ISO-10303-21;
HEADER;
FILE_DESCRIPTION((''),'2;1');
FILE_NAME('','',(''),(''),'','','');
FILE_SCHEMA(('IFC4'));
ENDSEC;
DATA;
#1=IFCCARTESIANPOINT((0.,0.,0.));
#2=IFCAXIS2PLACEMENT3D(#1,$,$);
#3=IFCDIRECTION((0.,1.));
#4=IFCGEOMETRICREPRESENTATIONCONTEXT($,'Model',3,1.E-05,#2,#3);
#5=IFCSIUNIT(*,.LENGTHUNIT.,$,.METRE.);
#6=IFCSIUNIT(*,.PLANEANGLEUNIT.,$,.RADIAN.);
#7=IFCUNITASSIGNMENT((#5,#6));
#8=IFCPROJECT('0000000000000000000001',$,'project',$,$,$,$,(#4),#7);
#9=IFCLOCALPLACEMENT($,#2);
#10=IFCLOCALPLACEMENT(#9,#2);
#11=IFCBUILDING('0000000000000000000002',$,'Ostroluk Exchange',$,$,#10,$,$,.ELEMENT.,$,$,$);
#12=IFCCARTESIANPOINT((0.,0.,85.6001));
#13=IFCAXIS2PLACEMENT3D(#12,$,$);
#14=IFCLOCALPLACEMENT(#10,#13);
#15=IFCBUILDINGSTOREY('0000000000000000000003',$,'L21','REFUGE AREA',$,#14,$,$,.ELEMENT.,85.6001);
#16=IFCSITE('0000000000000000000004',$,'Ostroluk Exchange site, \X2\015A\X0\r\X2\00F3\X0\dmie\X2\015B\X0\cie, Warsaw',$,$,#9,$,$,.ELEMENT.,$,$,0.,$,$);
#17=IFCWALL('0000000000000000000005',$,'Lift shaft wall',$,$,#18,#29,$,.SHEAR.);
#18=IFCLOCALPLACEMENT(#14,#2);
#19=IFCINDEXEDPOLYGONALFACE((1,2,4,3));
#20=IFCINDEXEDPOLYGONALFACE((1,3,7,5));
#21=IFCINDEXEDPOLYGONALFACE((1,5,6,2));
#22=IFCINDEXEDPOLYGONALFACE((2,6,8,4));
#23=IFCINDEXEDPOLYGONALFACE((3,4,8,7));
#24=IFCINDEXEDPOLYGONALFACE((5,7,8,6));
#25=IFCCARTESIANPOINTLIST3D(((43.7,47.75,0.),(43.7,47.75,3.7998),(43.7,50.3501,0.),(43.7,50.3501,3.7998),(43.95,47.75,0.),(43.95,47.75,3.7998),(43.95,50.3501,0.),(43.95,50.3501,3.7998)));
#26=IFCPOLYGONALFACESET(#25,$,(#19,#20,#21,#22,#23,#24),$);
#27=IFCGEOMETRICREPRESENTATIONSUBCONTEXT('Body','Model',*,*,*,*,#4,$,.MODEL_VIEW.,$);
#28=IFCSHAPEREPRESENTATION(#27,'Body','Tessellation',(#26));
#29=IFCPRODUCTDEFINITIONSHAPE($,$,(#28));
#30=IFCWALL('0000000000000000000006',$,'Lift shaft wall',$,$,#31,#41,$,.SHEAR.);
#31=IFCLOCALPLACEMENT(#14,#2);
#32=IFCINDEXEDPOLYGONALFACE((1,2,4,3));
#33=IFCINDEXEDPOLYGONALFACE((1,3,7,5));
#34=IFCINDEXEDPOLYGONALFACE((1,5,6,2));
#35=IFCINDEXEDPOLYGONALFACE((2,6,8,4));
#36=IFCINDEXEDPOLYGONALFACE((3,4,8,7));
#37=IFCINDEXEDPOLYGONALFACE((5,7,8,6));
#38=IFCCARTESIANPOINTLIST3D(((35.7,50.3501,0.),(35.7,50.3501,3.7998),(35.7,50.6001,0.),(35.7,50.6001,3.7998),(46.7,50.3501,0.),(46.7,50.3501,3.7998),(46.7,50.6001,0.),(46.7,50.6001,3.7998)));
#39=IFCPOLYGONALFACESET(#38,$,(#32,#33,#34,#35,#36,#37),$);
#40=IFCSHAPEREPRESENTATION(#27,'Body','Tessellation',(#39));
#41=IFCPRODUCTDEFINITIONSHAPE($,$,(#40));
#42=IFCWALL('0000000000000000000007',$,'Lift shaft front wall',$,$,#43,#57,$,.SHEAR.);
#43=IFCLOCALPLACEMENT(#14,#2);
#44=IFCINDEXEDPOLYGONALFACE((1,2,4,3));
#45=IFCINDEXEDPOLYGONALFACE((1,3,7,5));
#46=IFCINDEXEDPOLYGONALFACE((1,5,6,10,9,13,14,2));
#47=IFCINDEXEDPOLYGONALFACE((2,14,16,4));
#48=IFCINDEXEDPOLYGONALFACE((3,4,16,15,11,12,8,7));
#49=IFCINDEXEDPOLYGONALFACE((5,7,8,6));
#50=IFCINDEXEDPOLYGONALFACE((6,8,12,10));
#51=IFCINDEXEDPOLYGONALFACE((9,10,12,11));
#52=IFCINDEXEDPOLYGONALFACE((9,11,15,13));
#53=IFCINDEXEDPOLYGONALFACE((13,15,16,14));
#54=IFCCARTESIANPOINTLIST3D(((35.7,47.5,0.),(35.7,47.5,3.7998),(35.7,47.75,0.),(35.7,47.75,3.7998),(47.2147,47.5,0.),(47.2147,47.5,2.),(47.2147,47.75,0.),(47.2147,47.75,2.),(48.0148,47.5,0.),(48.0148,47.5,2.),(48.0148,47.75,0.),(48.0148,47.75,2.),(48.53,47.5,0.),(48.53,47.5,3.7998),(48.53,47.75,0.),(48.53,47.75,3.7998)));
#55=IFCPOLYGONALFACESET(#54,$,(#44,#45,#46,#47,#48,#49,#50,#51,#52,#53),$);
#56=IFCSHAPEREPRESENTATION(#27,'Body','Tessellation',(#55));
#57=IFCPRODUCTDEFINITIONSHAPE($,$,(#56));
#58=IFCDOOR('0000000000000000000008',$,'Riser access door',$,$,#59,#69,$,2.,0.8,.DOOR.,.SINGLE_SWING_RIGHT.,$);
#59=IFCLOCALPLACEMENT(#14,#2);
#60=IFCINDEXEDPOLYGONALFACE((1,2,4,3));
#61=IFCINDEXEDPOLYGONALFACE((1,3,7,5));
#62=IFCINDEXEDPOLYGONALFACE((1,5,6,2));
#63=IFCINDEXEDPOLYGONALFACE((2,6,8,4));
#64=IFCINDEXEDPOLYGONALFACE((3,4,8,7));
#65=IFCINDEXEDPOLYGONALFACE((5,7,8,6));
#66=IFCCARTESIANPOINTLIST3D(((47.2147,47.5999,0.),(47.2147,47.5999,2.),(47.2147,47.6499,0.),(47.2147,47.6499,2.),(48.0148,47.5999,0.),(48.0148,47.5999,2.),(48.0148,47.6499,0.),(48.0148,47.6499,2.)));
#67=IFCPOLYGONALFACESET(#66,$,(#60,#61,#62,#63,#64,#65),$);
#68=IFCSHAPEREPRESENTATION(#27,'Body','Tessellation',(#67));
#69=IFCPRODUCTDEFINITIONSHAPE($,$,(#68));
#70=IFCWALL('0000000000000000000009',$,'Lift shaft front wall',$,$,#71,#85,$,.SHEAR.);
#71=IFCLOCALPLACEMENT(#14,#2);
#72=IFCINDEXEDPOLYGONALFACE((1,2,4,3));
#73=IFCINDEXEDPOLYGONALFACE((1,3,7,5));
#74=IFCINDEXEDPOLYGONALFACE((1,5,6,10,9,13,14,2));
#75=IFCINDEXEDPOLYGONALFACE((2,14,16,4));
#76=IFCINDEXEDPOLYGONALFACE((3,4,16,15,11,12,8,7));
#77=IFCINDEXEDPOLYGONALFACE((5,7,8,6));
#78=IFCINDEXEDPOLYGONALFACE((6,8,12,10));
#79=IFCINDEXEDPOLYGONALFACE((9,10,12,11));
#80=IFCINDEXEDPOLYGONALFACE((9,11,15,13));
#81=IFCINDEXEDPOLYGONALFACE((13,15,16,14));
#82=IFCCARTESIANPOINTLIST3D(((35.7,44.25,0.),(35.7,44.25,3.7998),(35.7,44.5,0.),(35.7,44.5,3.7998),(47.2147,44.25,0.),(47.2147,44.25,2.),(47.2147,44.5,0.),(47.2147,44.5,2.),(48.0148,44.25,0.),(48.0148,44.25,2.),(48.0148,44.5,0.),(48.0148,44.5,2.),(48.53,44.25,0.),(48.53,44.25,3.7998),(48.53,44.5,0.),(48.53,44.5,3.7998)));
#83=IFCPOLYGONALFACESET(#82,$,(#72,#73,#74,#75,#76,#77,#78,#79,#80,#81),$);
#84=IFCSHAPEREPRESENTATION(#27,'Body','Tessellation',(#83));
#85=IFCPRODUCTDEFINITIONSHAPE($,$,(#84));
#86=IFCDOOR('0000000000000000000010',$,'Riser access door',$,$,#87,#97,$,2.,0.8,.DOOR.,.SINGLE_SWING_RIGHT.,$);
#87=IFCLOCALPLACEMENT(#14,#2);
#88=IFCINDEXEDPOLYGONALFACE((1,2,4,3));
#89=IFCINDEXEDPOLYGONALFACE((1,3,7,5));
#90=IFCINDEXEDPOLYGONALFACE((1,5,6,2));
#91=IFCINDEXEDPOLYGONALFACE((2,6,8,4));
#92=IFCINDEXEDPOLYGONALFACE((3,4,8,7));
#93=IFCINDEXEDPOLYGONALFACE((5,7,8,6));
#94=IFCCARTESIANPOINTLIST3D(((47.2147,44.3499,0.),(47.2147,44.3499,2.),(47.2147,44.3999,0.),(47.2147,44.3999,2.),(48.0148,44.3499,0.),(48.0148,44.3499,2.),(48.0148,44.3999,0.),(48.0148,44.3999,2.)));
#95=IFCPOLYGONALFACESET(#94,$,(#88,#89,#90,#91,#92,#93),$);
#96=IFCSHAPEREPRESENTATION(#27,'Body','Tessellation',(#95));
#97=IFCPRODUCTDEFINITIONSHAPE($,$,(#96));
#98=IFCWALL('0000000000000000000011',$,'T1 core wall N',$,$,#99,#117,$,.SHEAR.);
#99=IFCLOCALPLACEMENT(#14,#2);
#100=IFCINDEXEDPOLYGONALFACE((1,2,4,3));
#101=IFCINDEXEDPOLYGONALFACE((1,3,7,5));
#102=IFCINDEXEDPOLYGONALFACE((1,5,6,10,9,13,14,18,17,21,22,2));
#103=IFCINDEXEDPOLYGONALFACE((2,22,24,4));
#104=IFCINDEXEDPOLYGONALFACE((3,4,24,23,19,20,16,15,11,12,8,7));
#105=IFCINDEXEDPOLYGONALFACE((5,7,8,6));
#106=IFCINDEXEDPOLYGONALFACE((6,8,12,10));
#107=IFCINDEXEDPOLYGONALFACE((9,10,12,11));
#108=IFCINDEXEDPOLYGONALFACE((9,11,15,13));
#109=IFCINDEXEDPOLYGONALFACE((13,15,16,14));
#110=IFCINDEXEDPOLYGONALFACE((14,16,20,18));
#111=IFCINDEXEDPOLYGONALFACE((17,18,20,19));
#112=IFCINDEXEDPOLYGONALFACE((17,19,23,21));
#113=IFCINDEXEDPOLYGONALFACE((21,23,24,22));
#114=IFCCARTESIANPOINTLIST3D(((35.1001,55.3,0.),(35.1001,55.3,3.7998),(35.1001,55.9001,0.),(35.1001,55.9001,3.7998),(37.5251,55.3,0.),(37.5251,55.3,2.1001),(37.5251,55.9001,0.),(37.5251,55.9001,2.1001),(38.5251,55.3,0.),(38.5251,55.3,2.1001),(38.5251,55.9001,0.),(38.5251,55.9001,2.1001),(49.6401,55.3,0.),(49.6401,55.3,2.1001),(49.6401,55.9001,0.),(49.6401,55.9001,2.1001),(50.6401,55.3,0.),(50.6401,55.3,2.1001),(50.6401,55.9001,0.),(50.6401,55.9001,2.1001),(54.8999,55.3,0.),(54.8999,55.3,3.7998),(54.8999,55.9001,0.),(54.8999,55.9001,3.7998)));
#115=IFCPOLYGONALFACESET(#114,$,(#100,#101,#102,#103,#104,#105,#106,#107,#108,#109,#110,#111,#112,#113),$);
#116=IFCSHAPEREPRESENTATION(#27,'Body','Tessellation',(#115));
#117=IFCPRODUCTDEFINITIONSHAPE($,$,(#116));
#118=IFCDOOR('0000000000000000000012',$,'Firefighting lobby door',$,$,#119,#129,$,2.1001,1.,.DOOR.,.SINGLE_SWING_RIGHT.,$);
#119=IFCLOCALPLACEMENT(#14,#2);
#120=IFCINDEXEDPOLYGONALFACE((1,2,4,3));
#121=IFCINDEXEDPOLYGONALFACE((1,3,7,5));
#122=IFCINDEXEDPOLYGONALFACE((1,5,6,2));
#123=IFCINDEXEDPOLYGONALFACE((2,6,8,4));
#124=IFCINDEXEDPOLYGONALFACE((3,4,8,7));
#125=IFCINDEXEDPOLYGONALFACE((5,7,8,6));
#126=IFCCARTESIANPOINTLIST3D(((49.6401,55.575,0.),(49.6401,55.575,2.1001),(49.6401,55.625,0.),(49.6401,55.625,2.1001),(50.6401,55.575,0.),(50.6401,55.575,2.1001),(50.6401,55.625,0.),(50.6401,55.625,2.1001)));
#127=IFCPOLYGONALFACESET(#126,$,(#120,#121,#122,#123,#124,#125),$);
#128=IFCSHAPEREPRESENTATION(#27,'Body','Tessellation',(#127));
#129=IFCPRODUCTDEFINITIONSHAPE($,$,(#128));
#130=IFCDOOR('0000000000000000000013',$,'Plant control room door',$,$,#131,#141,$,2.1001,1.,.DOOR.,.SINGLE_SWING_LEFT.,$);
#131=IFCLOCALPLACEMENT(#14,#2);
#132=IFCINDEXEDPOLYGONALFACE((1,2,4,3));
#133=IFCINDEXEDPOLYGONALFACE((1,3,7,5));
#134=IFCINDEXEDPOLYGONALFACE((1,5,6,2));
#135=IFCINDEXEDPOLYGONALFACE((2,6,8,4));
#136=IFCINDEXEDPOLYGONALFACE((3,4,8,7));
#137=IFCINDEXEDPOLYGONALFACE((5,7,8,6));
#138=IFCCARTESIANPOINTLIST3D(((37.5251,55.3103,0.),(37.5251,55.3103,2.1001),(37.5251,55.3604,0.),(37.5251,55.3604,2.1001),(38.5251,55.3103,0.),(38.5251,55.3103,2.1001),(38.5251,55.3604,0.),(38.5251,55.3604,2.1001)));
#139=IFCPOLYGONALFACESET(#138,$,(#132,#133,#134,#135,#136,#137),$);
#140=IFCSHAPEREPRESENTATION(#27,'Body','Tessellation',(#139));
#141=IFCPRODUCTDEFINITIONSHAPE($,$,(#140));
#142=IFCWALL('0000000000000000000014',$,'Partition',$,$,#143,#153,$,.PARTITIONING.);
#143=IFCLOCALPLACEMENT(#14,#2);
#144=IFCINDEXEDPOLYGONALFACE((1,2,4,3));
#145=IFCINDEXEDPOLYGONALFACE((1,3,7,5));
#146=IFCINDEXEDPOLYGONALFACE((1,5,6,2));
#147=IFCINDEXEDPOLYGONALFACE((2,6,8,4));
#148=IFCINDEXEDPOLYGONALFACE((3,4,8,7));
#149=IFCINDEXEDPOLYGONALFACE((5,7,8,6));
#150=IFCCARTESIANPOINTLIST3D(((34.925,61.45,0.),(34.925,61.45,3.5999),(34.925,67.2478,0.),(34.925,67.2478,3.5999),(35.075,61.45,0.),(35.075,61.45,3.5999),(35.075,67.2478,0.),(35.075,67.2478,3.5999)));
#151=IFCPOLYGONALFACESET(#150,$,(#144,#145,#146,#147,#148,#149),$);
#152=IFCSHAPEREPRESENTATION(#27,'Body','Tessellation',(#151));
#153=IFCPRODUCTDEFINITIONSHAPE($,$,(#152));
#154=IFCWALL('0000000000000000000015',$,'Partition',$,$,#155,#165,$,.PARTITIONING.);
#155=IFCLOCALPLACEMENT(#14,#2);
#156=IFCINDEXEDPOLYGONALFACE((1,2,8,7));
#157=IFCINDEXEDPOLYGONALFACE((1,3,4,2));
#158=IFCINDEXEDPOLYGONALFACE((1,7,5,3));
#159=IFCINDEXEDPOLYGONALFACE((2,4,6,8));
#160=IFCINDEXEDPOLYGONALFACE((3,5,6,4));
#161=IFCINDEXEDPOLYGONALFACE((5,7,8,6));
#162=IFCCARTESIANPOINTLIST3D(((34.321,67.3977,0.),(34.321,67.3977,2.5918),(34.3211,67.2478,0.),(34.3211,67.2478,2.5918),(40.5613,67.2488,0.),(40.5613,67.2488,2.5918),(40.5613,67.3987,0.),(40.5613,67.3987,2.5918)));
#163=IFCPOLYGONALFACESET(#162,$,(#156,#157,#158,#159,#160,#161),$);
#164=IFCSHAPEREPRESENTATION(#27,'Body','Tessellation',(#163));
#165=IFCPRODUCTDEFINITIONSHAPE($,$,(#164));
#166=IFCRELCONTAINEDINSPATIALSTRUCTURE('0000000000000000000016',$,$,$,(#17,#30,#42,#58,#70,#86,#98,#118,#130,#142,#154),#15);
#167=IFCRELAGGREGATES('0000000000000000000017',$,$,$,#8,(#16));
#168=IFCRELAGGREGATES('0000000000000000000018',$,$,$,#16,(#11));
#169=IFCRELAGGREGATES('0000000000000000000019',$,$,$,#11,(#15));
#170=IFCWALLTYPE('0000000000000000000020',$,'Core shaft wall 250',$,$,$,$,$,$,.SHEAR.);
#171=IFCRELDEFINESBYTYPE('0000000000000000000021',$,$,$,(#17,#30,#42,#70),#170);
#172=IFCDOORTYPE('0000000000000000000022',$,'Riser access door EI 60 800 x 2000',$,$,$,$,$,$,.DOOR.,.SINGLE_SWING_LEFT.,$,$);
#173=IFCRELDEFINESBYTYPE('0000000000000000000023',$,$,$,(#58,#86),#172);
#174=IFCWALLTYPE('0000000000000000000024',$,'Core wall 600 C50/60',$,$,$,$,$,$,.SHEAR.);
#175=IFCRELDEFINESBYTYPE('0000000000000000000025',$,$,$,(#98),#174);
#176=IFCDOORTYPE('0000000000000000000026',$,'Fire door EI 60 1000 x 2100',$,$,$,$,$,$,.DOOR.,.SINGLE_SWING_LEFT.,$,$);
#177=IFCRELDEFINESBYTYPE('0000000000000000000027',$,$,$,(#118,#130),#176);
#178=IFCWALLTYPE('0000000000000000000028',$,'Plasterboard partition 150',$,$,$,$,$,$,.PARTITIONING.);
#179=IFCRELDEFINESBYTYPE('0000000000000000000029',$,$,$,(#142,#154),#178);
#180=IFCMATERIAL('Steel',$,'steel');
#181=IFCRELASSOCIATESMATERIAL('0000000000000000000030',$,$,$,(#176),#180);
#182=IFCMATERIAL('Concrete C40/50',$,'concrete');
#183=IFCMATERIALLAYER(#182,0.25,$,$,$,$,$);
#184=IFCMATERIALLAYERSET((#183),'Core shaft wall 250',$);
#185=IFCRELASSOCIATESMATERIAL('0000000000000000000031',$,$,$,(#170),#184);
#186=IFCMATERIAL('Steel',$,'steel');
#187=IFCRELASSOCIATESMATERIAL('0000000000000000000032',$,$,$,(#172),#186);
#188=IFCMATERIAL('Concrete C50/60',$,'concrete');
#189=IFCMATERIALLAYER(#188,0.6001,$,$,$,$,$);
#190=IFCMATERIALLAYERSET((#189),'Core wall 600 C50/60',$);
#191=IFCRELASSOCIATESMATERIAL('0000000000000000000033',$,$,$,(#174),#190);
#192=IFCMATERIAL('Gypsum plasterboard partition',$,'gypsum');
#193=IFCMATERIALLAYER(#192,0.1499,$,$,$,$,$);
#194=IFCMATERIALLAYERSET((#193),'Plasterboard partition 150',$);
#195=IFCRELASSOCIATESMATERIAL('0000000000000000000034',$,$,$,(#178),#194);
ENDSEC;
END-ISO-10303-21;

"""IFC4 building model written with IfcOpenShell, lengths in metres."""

from ifc_helpers import new_model, si_unit, direction, frame, frame_2d, origin, place, context, subcontext, project, spatial, rectangle, extrude, material, layer, layer_set, type_object, element, fill, save


model = new_model("IFC4")

# Units and contexts
model_context = context("Model", 3, precision=1e-05, world=origin(), true_north=direction((0.0, 1.0)))
body_context = subcontext(model_context, "Body", "Model", "MODEL_VIEW")
ifc_project = project(units=[si_unit("LENGTHUNIT", "METRE"), si_unit("PLANEANGLEUNIT", "RADIAN")], contexts=[model_context])

# Site, building, storey
site_placement = place(None, origin())
site = spatial("IfcSite", under=ifc_project, at=site_placement, Name="Ostroluk Exchange site, Śródmieście, Warsaw", CompositionType="ELEMENT", RefElevation=0.0)
building_placement = place(site_placement, origin())
building = spatial("IfcBuilding", under=site, at=building_placement, Name="Ostroluk Exchange", CompositionType="ELEMENT")
storey_placement = place(building_placement, frame((0.0, 0.0, 85.6001)))
storey = spatial("IfcBuildingStorey", under=building, at=storey_placement, Name="L21", Description="REFUGE AREA", CompositionType="ELEMENT", Elevation=85.6001)

# Shared definitions
ifc_material_1 = material(Name="Steel", Category="steel")
door_type_1 = type_object("IfcDoorType", Name="Fire door EI 60 1000 x 2100", OperationType="SINGLE_SWING_LEFT", PredefinedType="DOOR", material=ifc_material_1)

# Walls
ifc_material_2 = material(Name="Concrete C40/50", Category="concrete")
ifc_layer_1 = layer(ifc_material_2, 0.25)
ifc_layer_set_1 = layer_set([ifc_layer_1], Name="Core shaft wall 250")
wall_type_1 = type_object("IfcWallType", Name="Core shaft wall 250", PredefinedType="SHEAR", material=ifc_layer_set_1)
for number, where, z_axis, x_axis, name in (
    (1, (43.825, 47.75, 0.0), (0.0, 0.0, 1.0), (0.0, 1.0, 0.0), "Lift shaft wall"),
):
    element("IfcWall", number, at=place(storey_placement, frame(where, z_axis=z_axis, x_axis=x_axis)), inside=storey, type_object=wall_type_1, Name=name, PredefinedType="SHEAR", context=body_context, shape_type="SweptSolid", body=[
        extrude(rectangle(XDim=2.6001, YDim=0.25, at=frame_2d((1.3, 0.0))), origin(), (0.0, 0.0, 1.0), 3.7998),
    ])
wall_1_placement = place(storey_placement, frame((35.7, 50.4751, 0.0), z_axis=(0.0, 0.0, 1.0), x_axis=(1.0, 0.0, 0.0)))
element("IfcWall", 2, at=wall_1_placement, inside=storey, type_object=wall_type_1, Name="Lift shaft wall", PredefinedType="SHEAR", context=body_context, shape_type="SweptSolid", body=[
    extrude(rectangle(XDim=11.0, YDim=0.25, at=frame_2d((5.5, 0.0))), origin(), (0.0, 0.0, 1.0), 3.7998),
])

# Walls, openings, doors
wall_2_placement = place(storey_placement, frame((35.7, 47.625, 0.0), z_axis=(0.0, 0.0, 1.0), x_axis=(1.0, 0.0, 0.0)))
wall_2 = element("IfcWall", 3, at=wall_2_placement, inside=storey, type_object=wall_type_1, Name="Lift shaft front wall", PredefinedType="SHEAR", context=body_context, shape_type="SweptSolid", body=[
    extrude(rectangle(XDim=12.8301, YDim=0.25, at=frame_2d((6.415, 0.0))), origin(), (0.0, 0.0, 1.0), 3.7998),
])
opening_1_placement = place(wall_2_placement, frame((11.5149, 0.0, 0.0)))
opening_1 = element("IfcOpeningElement", 4, at=opening_1_placement, cuts=wall_2, PredefinedType="OPENING", context=body_context, shape_type="SweptSolid", body=[
    extrude(rectangle(XDim=0.8, YDim=2.0, at=frame_2d((0.3999, 1.0))), frame((0.0, 0.135, 0.0), z_axis=(0.0, -1.0, 0.0), x_axis=(1.0, 0.0, 0.0)), (0.0, 0.0, 1.0), 0.27),
])
ifc_material_3 = material(Name="Steel", Category="steel")
door_type_2 = type_object("IfcDoorType", Name="Riser access door EI 60 800 x 2000", OperationType="SINGLE_SWING_LEFT", PredefinedType="DOOR", material=ifc_material_3)
door_1_placement = place(opening_1_placement, origin())
door_1 = element("IfcDoor", 5, at=door_1_placement, inside=storey, type_object=door_type_2, Name="Riser access door", OperationType="SINGLE_SWING_RIGHT", OverallHeight=2.0, OverallWidth=0.8, PredefinedType="DOOR", context=body_context, shape_type="SweptSolid", body=[
    extrude(rectangle(XDim=0.8, YDim=2.0, at=frame_2d((0.3999, 1.0))), frame((0.0, 0.0249, 0.0), z_axis=(0.0, -1.0, 0.0), x_axis=(1.0, 0.0, 0.0)), (0.0, 0.0, 1.0), 0.05),
])
fill(opening_1, door_1)
wall_3_placement = place(storey_placement, frame((35.7, 44.375, 0.0), z_axis=(0.0, 0.0, 1.0), x_axis=(1.0, 0.0, 0.0)))
wall_3 = element("IfcWall", 6, at=wall_3_placement, inside=storey, type_object=wall_type_1, Name="Lift shaft front wall", PredefinedType="SHEAR", context=body_context, shape_type="SweptSolid", body=[
    extrude(rectangle(XDim=12.8301, YDim=0.25, at=frame_2d((6.415, 0.0))), origin(), (0.0, 0.0, 1.0), 3.7998),
])
opening_2_placement = place(wall_3_placement, frame((11.5149, 0.0, 0.0)))
opening_2 = element("IfcOpeningElement", 7, at=opening_2_placement, cuts=wall_3, PredefinedType="OPENING", context=body_context, shape_type="SweptSolid", body=[
    extrude(rectangle(XDim=0.8, YDim=2.0, at=frame_2d((0.3999, 1.0))), frame((0.0, 0.135, 0.0), z_axis=(0.0, -1.0, 0.0), x_axis=(1.0, 0.0, 0.0)), (0.0, 0.0, 1.0), 0.27),
])
door_2_placement = place(opening_2_placement, origin())
door_2 = element("IfcDoor", 8, at=door_2_placement, inside=storey, type_object=door_type_2, Name="Riser access door", OperationType="SINGLE_SWING_RIGHT", OverallHeight=2.0, OverallWidth=0.8, PredefinedType="DOOR", context=body_context, shape_type="SweptSolid", body=[
    extrude(rectangle(XDim=0.8, YDim=2.0, at=frame_2d((0.3999, 1.0))), frame((0.0, 0.0249, 0.0), z_axis=(0.0, -1.0, 0.0), x_axis=(1.0, 0.0, 0.0)), (0.0, 0.0, 1.0), 0.05),
])
fill(opening_2, door_2)

# Wall, openings, doors
ifc_material_4 = material(Name="Concrete C50/60", Category="concrete")
ifc_layer_2 = layer(ifc_material_4, 0.6001)
ifc_layer_set_2 = layer_set([ifc_layer_2], Name="Core wall 600 C50/60")
wall_type_2 = type_object("IfcWallType", Name="Core wall 600 C50/60", PredefinedType="SHEAR", material=ifc_layer_set_2)
wall_4_placement = place(storey_placement, frame((35.1001, 55.6001, 0.0), z_axis=(0.0, 0.0, 1.0), x_axis=(1.0, 0.0, 0.0)))
wall_4 = element("IfcWall", 9, at=wall_4_placement, inside=storey, type_object=wall_type_2, Name="T1 core wall N", PredefinedType="SHEAR", context=body_context, shape_type="SweptSolid", body=[
    extrude(rectangle(XDim=19.7998, YDim=0.6001, at=frame_2d((9.8999, 0.0))), origin(), (0.0, 0.0, 1.0), 3.7998),
])
opening_3_placement = place(wall_4_placement, frame((14.54, 0.0, 0.0)))
opening_3 = element("IfcOpeningElement", 10, at=opening_3_placement, cuts=wall_4, PredefinedType="OPENING", context=body_context, shape_type="SweptSolid", body=[
    extrude(rectangle(XDim=1.0, YDim=2.1001, at=frame_2d((0.5, 1.05))), frame((0.0, 0.3101, 0.0), z_axis=(0.0, -1.0, 0.0), x_axis=(1.0, 0.0, 0.0)), (0.0, 0.0, 1.0), 0.6201),
])
opening_4_placement = place(wall_4_placement, frame((2.425, 0.0, 0.0)))
opening_4 = element("IfcOpeningElement", 11, at=opening_4_placement, cuts=wall_4, PredefinedType="OPENING", context=body_context, shape_type="SweptSolid", body=[
    extrude(rectangle(XDim=1.0, YDim=2.1001, at=frame_2d((0.5, 1.05))), frame((0.0, 0.3101, 0.0), z_axis=(0.0, -1.0, 0.0), x_axis=(1.0, 0.0, 0.0)), (0.0, 0.0, 1.0), 0.6201),
])
door_3_placement = place(opening_3_placement, origin())
door_3 = element("IfcDoor", 12, at=door_3_placement, inside=storey, type_object=door_type_1, Name="Firefighting lobby door", OperationType="SINGLE_SWING_RIGHT", OverallHeight=2.1001, OverallWidth=1.0, PredefinedType="DOOR", context=body_context, shape_type="SweptSolid", body=[
    extrude(rectangle(XDim=1.0, YDim=2.1001, at=frame_2d((0.5, 1.05))), frame((0.0, 0.0249, 0.0), z_axis=(0.0, -1.0, 0.0), x_axis=(1.0, 0.0, 0.0)), (0.0, 0.0, 1.0), 0.05),
])
fill(opening_3, door_3)
door_4_placement = place(opening_4_placement, origin())
door_4 = element("IfcDoor", 13, at=door_4_placement, inside=storey, type_object=door_type_1, Name="Plant control room door", OperationType="SINGLE_SWING_LEFT", OverallHeight=2.1001, OverallWidth=1.0, PredefinedType="DOOR", context=body_context, shape_type="SweptSolid", body=[
    extrude(rectangle(XDim=1.0, YDim=2.1001, at=frame_2d((0.5, 1.05))), frame((0.0, -0.2397, 0.0), z_axis=(0.0, -1.0, 0.0), x_axis=(1.0, 0.0, 0.0)), (0.0, 0.0, 1.0), 0.05),
])
fill(opening_4, door_4)

# Walls
ifc_material_5 = material(Name="Gypsum plasterboard partition", Category="gypsum")
ifc_layer_3 = layer(ifc_material_5, 0.1499)
ifc_layer_set_3 = layer_set([ifc_layer_3], Name="Plasterboard partition 150")
wall_type_3 = type_object("IfcWallType", Name="Plasterboard partition 150", PredefinedType="PARTITIONING", material=ifc_layer_set_3)
wall_5_placement = place(storey_placement, frame((35.0, 61.45, 0.0), z_axis=(0.0, 0.0, 1.0), x_axis=(0.0, 1.0, 0.0)))
element("IfcWall", 14, at=wall_5_placement, inside=storey, type_object=wall_type_3, Name="Partition", PredefinedType="PARTITIONING", context=body_context, shape_type="SweptSolid", body=[
    extrude(rectangle(XDim=5.7979, YDim=0.1499, at=frame_2d((2.8989, 0.0))), origin(), (0.0, 0.0, 1.0), 3.5999),
])
wall_6_placement = place(storey_placement, frame((40.5613, 67.3237, 0.0), z_axis=(0.0, 0.0, 1.0), x_axis=(-1.0, -0.000156, 0.0)))
element("IfcWall", 15, at=wall_6_placement, inside=storey, type_object=wall_type_3, Name="Partition", PredefinedType="PARTITIONING", context=body_context, shape_type="SweptSolid", body=[
    extrude(rectangle(XDim=6.2402, YDim=0.1499, at=frame_2d((3.1201, 0.0))), origin(), (0.0, 0.0, 1.0), 2.5918),
])

save(model, "model.ifc")
